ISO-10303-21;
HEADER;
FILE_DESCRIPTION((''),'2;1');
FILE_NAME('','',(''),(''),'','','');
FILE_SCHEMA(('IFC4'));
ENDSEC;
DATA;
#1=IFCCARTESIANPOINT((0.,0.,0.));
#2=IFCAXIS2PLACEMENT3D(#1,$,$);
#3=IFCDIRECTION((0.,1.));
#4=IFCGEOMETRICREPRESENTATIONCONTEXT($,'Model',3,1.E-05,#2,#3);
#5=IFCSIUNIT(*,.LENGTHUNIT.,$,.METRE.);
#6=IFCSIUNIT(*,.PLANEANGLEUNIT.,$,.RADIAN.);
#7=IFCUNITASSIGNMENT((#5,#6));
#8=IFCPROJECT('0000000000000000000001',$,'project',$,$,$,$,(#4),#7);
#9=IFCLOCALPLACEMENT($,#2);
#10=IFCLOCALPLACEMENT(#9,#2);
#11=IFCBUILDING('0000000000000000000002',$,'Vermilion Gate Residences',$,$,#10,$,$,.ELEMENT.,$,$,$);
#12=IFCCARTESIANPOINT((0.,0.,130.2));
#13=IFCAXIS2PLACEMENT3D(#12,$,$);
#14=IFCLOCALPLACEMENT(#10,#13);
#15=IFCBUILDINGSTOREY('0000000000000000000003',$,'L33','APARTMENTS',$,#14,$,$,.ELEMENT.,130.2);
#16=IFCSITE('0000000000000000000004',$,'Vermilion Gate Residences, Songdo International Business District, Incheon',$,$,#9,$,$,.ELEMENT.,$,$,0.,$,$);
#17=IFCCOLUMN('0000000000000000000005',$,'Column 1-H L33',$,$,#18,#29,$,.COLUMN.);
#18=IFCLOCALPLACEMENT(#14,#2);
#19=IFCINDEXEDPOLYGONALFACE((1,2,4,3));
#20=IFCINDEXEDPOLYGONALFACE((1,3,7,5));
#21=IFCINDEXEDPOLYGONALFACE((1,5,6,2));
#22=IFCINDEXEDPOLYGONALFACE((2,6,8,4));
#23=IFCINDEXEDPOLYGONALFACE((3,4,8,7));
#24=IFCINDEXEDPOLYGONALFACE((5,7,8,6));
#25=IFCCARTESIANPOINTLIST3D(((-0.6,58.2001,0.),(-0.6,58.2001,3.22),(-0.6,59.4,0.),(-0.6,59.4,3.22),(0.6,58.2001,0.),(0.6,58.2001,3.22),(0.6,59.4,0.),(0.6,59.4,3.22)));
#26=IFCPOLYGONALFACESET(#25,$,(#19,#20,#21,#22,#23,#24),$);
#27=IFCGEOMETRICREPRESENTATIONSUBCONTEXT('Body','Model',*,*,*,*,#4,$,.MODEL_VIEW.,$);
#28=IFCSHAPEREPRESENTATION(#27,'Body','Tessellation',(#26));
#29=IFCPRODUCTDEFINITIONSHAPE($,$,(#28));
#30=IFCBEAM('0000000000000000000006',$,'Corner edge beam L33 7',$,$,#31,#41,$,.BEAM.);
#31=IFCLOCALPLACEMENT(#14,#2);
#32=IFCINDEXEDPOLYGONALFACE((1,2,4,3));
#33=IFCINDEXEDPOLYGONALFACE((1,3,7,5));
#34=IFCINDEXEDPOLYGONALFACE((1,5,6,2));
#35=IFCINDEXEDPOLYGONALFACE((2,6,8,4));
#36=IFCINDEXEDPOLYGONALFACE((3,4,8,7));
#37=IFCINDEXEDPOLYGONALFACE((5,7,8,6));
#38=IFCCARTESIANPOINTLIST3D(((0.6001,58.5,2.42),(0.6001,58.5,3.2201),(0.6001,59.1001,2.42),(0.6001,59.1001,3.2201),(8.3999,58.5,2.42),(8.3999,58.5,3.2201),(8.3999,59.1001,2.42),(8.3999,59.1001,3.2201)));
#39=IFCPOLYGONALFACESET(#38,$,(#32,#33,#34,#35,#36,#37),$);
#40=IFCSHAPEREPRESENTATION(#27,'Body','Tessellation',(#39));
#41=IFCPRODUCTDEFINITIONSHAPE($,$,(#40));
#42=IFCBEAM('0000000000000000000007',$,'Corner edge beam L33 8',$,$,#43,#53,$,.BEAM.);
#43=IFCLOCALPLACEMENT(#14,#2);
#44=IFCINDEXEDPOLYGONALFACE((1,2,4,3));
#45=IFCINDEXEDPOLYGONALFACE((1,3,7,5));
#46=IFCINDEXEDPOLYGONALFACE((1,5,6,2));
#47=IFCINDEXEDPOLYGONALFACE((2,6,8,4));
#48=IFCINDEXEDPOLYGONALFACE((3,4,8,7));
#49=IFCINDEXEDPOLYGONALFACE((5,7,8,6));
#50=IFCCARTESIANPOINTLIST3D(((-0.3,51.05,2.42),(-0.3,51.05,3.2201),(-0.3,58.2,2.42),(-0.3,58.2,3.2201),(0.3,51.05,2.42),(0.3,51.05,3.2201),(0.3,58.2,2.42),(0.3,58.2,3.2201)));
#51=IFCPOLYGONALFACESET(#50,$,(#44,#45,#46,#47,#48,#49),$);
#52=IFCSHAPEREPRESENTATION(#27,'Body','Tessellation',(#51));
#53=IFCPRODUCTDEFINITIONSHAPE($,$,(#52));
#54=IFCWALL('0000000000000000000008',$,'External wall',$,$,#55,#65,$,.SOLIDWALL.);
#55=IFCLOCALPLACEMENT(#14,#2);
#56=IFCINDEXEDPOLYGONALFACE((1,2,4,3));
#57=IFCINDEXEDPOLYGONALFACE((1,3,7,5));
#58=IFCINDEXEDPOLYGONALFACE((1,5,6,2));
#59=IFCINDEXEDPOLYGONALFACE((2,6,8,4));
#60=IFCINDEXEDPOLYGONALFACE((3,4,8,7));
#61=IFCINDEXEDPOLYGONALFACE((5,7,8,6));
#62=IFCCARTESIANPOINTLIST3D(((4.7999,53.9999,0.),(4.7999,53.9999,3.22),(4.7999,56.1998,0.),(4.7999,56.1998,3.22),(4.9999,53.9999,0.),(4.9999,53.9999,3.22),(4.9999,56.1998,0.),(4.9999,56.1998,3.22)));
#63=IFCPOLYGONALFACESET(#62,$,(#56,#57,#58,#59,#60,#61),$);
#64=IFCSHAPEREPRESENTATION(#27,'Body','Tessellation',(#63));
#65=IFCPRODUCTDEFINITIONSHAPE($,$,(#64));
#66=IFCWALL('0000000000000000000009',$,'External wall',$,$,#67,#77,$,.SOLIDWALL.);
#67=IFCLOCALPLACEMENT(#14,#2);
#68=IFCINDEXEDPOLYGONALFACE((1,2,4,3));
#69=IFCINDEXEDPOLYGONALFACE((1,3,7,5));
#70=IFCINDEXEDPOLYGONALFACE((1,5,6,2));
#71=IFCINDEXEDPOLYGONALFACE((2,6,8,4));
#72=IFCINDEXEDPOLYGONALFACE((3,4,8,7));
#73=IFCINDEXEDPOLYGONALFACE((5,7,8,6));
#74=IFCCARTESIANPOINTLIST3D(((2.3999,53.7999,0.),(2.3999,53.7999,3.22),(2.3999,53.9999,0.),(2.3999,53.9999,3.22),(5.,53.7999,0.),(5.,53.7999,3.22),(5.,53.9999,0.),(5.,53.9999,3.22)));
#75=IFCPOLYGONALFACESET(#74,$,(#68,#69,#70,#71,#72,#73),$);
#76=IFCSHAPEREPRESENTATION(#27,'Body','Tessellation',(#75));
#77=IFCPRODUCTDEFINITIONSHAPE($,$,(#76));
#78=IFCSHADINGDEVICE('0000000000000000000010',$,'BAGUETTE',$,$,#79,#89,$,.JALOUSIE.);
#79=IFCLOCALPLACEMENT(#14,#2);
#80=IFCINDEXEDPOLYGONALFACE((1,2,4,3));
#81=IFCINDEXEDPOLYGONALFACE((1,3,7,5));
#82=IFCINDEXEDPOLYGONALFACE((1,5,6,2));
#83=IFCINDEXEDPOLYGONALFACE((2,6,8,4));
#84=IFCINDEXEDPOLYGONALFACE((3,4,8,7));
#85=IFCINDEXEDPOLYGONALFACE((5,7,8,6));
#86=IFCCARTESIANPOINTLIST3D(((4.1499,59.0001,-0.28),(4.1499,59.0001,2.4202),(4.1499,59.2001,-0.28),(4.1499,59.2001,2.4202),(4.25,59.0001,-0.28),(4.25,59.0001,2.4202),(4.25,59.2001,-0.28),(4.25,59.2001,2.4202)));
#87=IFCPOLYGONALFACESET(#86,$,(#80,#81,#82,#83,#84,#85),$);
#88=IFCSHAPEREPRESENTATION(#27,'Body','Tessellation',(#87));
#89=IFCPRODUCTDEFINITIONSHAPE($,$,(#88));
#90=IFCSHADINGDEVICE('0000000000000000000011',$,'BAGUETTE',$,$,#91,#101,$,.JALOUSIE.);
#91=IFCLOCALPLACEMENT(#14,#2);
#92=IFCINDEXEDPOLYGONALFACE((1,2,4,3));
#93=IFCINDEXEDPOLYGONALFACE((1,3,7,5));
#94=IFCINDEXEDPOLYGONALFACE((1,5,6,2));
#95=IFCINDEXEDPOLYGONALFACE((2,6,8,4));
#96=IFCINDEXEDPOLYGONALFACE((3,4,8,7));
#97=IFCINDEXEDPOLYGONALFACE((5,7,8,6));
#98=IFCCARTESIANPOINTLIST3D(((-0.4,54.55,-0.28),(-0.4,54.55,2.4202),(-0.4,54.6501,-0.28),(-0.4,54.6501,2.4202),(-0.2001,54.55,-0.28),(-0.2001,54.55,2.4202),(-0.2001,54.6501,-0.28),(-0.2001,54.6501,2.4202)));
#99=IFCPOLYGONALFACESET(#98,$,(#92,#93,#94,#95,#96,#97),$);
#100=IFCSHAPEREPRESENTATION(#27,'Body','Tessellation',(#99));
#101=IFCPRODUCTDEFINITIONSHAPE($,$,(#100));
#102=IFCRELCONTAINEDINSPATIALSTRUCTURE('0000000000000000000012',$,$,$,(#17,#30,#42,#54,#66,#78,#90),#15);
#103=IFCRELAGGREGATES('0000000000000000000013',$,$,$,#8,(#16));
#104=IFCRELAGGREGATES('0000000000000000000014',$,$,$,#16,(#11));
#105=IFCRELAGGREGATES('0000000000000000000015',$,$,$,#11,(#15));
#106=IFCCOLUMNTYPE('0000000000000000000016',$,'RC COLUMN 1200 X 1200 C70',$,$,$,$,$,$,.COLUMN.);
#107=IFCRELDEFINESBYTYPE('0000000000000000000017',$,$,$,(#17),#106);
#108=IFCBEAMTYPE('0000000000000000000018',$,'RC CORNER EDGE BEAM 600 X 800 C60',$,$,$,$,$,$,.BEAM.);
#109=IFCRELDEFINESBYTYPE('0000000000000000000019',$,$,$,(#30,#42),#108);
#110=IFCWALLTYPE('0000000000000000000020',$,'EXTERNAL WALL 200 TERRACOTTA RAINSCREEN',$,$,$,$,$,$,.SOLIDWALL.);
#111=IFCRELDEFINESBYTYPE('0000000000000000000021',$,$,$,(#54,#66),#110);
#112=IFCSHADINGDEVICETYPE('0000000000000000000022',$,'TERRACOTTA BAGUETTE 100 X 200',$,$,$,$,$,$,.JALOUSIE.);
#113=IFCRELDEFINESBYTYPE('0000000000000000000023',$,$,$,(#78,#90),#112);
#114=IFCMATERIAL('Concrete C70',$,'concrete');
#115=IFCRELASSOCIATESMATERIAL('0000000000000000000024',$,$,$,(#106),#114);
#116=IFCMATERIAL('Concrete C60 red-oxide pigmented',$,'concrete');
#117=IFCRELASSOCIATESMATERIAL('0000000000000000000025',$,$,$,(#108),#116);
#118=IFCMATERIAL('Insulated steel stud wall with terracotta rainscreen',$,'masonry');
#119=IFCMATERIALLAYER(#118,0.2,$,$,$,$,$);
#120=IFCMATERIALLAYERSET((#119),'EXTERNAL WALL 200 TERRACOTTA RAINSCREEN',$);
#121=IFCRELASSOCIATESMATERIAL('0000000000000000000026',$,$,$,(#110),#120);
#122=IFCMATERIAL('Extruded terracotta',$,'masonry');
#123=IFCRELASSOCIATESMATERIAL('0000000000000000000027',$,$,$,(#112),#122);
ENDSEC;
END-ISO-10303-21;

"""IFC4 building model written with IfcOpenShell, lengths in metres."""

from ifc_helpers import new_model, si_unit, direction, frame, frame_2d, origin, origin_2d, place, context, subcontext, project, spatial, rectangle, extrude, material, layer, layer_set, material_profile, profile_set, type_object, element, save


model = new_model("IFC4")

# Units and contexts
model_context = context("Model", 3, precision=1e-05, world=origin(), true_north=direction((0.0, 1.0)))
body_context = subcontext(model_context, "Body", "Model", "MODEL_VIEW")
ifc_project = project(units=[si_unit("LENGTHUNIT", "METRE"), si_unit("PLANEANGLEUNIT", "RADIAN")], contexts=[model_context])

# Site, building, storey
site_placement = place(None, origin())
site = spatial("IfcSite", under=ifc_project, at=site_placement, Name="Vermilion Gate Residences, Songdo International Business District, Incheon", CompositionType="ELEMENT", RefElevation=0.0)
building_placement = place(site_placement, origin())
building = spatial("IfcBuilding", under=site, at=building_placement, Name="Vermilion Gate Residences", CompositionType="ELEMENT")
storey_placement = place(building_placement, frame((0.0, 0.0, 130.2)))
storey = spatial("IfcBuildingStorey", under=building, at=storey_placement, Name="L33", Description="APARTMENTS", CompositionType="ELEMENT", Elevation=130.2)

# Column
ifc_material_1 = material(Name="Concrete C70", Category="concrete")
ifc_material_profile_1 = material_profile(ifc_material_1, rectangle(XDim=1.2, YDim=1.2, at=origin_2d()), Name="RC-1200x1200")
ifc_profile_set_1 = profile_set([ifc_material_profile_1], Name="Concrete C70")
column_type = type_object("IfcColumnType", Name="RC COLUMN 1200 X 1200 C70", PredefinedType="COLUMN", material=ifc_profile_set_1)
column_placement = place(storey_placement, frame((0.0, 58.8, 0.0), z_axis=(0.0, 0.0, 1.0), x_axis=(1.0, 0.0, 0.0)))
element("IfcColumn", 1, at=column_placement, inside=storey, type_object=column_type, Name="Column 1-H L33", PredefinedType="COLUMN", context=body_context, shape_type="SweptSolid", body=[
    extrude(rectangle(XDim=1.2, YDim=1.2, at=origin_2d()), origin(), (0.0, 0.0, 1.0), 3.22),
])

# Beams
ifc_material_2 = material(Name="Concrete C60 red-oxide pigmented", Category="concrete")
ifc_material_profile_2 = material_profile(ifc_material_2, rectangle(XDim=0.6001, YDim=0.8, at=origin_2d()), Name="RC-600x800")
ifc_profile_set_2 = profile_set([ifc_material_profile_2], Name="Concrete C60 red-oxide pigmented")
beam_type = type_object("IfcBeamType", Name="RC CORNER EDGE BEAM 600 X 800 C60", PredefinedType="BEAM", material=ifc_profile_set_2)
beam_1_placement = place(storey_placement, frame((0.6001, 58.8, 2.8201), z_axis=(1.0, 0.0, 0.0), x_axis=(0.0, 1.0, 0.0)))
element("IfcBeam", 2, at=beam_1_placement, inside=storey, type_object=beam_type, Name="Corner edge beam L33 7", PredefinedType="BEAM", context=body_context, shape_type="SweptSolid", body=[
    extrude(rectangle(XDim=0.6001, YDim=0.8, at=origin_2d()), origin(), (0.0, 0.0, 1.0), 7.7998),
])
beam_2_placement = place(storey_placement, frame((0.0, 51.05, 2.8201), z_axis=(0.0, 1.0, 0.0), x_axis=(-1.0, 0.0, 0.0)))
element("IfcBeam", 3, at=beam_2_placement, inside=storey, type_object=beam_type, Name="Corner edge beam L33 8", PredefinedType="BEAM", context=body_context, shape_type="SweptSolid", body=[
    extrude(rectangle(XDim=0.6001, YDim=0.8, at=origin_2d()), origin(), (0.0, 0.0, 1.0), 7.1499),
])

# Walls
ifc_material_3 = material(Name="Insulated steel stud wall with terracotta rainscreen", Category="masonry")
ifc_layer = layer(ifc_material_3, 0.2)
ifc_layer_set = layer_set([ifc_layer], Name="EXTERNAL WALL 200 TERRACOTTA RAINSCREEN")
wall_type = type_object("IfcWallType", Name="EXTERNAL WALL 200 TERRACOTTA RAINSCREEN", PredefinedType="SOLIDWALL", material=ifc_layer_set)
wall_1_placement = place(storey_placement, frame((4.8999, 56.2, 0.0), z_axis=(0.0, 0.0, 1.0), x_axis=(0.0, -1.0, 0.0)))
element("IfcWall", 4, at=wall_1_placement, inside=storey, type_object=wall_type, Name="External wall", PredefinedType="SOLIDWALL", context=body_context, shape_type="SweptSolid", body=[
    extrude(rectangle(XDim=2.2, YDim=0.2, at=frame_2d((1.1001, 0.0))), origin(), (0.0, 0.0, 1.0), 3.22),
])
wall_2_placement = place(storey_placement, frame((5.0, 53.8999, 0.0), z_axis=(0.0, 0.0, 1.0), x_axis=(-1.0, 0.0, 0.0)))
element("IfcWall", 5, at=wall_2_placement, inside=storey, type_object=wall_type, Name="External wall", PredefinedType="SOLIDWALL", context=body_context, shape_type="SweptSolid", body=[
    extrude(rectangle(XDim=2.6001, YDim=0.2, at=frame_2d((1.3, 0.0))), origin(), (0.0, 0.0, 1.0), 3.22),
])

# Shading devices
ifc_material_4 = material(Name="Extruded terracotta", Category="masonry")
ifc_material_profile_3 = material_profile(ifc_material_4, rectangle(XDim=0.2, YDim=0.1001, at=origin_2d()), Name="BAGUETTE 100 X 200")
ifc_profile_set_3 = profile_set([ifc_material_profile_3], Name="Extruded terracotta")
shading_device_type = type_object("IfcShadingDeviceType", Name="TERRACOTTA BAGUETTE 100 X 200", PredefinedType="JALOUSIE", material=ifc_profile_set_3)
for number, where, z_axis, x_axis, name in (
    (6, (4.2, 59.1001, -0.28), (0.0, 0.0, 1.0), (0.0, -1.0, 0.0), "BAGUETTE"),
    (7, (-0.3, 54.6001, -0.28), (0.0, 0.0, 1.0), (1.0, 0.0, 0.0), "BAGUETTE"),
):
    element("IfcShadingDevice", number, at=place(storey_placement, frame(where, z_axis=z_axis, x_axis=x_axis)), inside=storey, type_object=shading_device_type, Name=name, PredefinedType="JALOUSIE", context=body_context, shape_type="SweptSolid", body=[
        extrude(rectangle(XDim=0.2, YDim=0.1001, at=origin_2d()), origin(), (0.0, 0.0, 1.0), 2.7002),
    ])

save(model, "model.ifc")
